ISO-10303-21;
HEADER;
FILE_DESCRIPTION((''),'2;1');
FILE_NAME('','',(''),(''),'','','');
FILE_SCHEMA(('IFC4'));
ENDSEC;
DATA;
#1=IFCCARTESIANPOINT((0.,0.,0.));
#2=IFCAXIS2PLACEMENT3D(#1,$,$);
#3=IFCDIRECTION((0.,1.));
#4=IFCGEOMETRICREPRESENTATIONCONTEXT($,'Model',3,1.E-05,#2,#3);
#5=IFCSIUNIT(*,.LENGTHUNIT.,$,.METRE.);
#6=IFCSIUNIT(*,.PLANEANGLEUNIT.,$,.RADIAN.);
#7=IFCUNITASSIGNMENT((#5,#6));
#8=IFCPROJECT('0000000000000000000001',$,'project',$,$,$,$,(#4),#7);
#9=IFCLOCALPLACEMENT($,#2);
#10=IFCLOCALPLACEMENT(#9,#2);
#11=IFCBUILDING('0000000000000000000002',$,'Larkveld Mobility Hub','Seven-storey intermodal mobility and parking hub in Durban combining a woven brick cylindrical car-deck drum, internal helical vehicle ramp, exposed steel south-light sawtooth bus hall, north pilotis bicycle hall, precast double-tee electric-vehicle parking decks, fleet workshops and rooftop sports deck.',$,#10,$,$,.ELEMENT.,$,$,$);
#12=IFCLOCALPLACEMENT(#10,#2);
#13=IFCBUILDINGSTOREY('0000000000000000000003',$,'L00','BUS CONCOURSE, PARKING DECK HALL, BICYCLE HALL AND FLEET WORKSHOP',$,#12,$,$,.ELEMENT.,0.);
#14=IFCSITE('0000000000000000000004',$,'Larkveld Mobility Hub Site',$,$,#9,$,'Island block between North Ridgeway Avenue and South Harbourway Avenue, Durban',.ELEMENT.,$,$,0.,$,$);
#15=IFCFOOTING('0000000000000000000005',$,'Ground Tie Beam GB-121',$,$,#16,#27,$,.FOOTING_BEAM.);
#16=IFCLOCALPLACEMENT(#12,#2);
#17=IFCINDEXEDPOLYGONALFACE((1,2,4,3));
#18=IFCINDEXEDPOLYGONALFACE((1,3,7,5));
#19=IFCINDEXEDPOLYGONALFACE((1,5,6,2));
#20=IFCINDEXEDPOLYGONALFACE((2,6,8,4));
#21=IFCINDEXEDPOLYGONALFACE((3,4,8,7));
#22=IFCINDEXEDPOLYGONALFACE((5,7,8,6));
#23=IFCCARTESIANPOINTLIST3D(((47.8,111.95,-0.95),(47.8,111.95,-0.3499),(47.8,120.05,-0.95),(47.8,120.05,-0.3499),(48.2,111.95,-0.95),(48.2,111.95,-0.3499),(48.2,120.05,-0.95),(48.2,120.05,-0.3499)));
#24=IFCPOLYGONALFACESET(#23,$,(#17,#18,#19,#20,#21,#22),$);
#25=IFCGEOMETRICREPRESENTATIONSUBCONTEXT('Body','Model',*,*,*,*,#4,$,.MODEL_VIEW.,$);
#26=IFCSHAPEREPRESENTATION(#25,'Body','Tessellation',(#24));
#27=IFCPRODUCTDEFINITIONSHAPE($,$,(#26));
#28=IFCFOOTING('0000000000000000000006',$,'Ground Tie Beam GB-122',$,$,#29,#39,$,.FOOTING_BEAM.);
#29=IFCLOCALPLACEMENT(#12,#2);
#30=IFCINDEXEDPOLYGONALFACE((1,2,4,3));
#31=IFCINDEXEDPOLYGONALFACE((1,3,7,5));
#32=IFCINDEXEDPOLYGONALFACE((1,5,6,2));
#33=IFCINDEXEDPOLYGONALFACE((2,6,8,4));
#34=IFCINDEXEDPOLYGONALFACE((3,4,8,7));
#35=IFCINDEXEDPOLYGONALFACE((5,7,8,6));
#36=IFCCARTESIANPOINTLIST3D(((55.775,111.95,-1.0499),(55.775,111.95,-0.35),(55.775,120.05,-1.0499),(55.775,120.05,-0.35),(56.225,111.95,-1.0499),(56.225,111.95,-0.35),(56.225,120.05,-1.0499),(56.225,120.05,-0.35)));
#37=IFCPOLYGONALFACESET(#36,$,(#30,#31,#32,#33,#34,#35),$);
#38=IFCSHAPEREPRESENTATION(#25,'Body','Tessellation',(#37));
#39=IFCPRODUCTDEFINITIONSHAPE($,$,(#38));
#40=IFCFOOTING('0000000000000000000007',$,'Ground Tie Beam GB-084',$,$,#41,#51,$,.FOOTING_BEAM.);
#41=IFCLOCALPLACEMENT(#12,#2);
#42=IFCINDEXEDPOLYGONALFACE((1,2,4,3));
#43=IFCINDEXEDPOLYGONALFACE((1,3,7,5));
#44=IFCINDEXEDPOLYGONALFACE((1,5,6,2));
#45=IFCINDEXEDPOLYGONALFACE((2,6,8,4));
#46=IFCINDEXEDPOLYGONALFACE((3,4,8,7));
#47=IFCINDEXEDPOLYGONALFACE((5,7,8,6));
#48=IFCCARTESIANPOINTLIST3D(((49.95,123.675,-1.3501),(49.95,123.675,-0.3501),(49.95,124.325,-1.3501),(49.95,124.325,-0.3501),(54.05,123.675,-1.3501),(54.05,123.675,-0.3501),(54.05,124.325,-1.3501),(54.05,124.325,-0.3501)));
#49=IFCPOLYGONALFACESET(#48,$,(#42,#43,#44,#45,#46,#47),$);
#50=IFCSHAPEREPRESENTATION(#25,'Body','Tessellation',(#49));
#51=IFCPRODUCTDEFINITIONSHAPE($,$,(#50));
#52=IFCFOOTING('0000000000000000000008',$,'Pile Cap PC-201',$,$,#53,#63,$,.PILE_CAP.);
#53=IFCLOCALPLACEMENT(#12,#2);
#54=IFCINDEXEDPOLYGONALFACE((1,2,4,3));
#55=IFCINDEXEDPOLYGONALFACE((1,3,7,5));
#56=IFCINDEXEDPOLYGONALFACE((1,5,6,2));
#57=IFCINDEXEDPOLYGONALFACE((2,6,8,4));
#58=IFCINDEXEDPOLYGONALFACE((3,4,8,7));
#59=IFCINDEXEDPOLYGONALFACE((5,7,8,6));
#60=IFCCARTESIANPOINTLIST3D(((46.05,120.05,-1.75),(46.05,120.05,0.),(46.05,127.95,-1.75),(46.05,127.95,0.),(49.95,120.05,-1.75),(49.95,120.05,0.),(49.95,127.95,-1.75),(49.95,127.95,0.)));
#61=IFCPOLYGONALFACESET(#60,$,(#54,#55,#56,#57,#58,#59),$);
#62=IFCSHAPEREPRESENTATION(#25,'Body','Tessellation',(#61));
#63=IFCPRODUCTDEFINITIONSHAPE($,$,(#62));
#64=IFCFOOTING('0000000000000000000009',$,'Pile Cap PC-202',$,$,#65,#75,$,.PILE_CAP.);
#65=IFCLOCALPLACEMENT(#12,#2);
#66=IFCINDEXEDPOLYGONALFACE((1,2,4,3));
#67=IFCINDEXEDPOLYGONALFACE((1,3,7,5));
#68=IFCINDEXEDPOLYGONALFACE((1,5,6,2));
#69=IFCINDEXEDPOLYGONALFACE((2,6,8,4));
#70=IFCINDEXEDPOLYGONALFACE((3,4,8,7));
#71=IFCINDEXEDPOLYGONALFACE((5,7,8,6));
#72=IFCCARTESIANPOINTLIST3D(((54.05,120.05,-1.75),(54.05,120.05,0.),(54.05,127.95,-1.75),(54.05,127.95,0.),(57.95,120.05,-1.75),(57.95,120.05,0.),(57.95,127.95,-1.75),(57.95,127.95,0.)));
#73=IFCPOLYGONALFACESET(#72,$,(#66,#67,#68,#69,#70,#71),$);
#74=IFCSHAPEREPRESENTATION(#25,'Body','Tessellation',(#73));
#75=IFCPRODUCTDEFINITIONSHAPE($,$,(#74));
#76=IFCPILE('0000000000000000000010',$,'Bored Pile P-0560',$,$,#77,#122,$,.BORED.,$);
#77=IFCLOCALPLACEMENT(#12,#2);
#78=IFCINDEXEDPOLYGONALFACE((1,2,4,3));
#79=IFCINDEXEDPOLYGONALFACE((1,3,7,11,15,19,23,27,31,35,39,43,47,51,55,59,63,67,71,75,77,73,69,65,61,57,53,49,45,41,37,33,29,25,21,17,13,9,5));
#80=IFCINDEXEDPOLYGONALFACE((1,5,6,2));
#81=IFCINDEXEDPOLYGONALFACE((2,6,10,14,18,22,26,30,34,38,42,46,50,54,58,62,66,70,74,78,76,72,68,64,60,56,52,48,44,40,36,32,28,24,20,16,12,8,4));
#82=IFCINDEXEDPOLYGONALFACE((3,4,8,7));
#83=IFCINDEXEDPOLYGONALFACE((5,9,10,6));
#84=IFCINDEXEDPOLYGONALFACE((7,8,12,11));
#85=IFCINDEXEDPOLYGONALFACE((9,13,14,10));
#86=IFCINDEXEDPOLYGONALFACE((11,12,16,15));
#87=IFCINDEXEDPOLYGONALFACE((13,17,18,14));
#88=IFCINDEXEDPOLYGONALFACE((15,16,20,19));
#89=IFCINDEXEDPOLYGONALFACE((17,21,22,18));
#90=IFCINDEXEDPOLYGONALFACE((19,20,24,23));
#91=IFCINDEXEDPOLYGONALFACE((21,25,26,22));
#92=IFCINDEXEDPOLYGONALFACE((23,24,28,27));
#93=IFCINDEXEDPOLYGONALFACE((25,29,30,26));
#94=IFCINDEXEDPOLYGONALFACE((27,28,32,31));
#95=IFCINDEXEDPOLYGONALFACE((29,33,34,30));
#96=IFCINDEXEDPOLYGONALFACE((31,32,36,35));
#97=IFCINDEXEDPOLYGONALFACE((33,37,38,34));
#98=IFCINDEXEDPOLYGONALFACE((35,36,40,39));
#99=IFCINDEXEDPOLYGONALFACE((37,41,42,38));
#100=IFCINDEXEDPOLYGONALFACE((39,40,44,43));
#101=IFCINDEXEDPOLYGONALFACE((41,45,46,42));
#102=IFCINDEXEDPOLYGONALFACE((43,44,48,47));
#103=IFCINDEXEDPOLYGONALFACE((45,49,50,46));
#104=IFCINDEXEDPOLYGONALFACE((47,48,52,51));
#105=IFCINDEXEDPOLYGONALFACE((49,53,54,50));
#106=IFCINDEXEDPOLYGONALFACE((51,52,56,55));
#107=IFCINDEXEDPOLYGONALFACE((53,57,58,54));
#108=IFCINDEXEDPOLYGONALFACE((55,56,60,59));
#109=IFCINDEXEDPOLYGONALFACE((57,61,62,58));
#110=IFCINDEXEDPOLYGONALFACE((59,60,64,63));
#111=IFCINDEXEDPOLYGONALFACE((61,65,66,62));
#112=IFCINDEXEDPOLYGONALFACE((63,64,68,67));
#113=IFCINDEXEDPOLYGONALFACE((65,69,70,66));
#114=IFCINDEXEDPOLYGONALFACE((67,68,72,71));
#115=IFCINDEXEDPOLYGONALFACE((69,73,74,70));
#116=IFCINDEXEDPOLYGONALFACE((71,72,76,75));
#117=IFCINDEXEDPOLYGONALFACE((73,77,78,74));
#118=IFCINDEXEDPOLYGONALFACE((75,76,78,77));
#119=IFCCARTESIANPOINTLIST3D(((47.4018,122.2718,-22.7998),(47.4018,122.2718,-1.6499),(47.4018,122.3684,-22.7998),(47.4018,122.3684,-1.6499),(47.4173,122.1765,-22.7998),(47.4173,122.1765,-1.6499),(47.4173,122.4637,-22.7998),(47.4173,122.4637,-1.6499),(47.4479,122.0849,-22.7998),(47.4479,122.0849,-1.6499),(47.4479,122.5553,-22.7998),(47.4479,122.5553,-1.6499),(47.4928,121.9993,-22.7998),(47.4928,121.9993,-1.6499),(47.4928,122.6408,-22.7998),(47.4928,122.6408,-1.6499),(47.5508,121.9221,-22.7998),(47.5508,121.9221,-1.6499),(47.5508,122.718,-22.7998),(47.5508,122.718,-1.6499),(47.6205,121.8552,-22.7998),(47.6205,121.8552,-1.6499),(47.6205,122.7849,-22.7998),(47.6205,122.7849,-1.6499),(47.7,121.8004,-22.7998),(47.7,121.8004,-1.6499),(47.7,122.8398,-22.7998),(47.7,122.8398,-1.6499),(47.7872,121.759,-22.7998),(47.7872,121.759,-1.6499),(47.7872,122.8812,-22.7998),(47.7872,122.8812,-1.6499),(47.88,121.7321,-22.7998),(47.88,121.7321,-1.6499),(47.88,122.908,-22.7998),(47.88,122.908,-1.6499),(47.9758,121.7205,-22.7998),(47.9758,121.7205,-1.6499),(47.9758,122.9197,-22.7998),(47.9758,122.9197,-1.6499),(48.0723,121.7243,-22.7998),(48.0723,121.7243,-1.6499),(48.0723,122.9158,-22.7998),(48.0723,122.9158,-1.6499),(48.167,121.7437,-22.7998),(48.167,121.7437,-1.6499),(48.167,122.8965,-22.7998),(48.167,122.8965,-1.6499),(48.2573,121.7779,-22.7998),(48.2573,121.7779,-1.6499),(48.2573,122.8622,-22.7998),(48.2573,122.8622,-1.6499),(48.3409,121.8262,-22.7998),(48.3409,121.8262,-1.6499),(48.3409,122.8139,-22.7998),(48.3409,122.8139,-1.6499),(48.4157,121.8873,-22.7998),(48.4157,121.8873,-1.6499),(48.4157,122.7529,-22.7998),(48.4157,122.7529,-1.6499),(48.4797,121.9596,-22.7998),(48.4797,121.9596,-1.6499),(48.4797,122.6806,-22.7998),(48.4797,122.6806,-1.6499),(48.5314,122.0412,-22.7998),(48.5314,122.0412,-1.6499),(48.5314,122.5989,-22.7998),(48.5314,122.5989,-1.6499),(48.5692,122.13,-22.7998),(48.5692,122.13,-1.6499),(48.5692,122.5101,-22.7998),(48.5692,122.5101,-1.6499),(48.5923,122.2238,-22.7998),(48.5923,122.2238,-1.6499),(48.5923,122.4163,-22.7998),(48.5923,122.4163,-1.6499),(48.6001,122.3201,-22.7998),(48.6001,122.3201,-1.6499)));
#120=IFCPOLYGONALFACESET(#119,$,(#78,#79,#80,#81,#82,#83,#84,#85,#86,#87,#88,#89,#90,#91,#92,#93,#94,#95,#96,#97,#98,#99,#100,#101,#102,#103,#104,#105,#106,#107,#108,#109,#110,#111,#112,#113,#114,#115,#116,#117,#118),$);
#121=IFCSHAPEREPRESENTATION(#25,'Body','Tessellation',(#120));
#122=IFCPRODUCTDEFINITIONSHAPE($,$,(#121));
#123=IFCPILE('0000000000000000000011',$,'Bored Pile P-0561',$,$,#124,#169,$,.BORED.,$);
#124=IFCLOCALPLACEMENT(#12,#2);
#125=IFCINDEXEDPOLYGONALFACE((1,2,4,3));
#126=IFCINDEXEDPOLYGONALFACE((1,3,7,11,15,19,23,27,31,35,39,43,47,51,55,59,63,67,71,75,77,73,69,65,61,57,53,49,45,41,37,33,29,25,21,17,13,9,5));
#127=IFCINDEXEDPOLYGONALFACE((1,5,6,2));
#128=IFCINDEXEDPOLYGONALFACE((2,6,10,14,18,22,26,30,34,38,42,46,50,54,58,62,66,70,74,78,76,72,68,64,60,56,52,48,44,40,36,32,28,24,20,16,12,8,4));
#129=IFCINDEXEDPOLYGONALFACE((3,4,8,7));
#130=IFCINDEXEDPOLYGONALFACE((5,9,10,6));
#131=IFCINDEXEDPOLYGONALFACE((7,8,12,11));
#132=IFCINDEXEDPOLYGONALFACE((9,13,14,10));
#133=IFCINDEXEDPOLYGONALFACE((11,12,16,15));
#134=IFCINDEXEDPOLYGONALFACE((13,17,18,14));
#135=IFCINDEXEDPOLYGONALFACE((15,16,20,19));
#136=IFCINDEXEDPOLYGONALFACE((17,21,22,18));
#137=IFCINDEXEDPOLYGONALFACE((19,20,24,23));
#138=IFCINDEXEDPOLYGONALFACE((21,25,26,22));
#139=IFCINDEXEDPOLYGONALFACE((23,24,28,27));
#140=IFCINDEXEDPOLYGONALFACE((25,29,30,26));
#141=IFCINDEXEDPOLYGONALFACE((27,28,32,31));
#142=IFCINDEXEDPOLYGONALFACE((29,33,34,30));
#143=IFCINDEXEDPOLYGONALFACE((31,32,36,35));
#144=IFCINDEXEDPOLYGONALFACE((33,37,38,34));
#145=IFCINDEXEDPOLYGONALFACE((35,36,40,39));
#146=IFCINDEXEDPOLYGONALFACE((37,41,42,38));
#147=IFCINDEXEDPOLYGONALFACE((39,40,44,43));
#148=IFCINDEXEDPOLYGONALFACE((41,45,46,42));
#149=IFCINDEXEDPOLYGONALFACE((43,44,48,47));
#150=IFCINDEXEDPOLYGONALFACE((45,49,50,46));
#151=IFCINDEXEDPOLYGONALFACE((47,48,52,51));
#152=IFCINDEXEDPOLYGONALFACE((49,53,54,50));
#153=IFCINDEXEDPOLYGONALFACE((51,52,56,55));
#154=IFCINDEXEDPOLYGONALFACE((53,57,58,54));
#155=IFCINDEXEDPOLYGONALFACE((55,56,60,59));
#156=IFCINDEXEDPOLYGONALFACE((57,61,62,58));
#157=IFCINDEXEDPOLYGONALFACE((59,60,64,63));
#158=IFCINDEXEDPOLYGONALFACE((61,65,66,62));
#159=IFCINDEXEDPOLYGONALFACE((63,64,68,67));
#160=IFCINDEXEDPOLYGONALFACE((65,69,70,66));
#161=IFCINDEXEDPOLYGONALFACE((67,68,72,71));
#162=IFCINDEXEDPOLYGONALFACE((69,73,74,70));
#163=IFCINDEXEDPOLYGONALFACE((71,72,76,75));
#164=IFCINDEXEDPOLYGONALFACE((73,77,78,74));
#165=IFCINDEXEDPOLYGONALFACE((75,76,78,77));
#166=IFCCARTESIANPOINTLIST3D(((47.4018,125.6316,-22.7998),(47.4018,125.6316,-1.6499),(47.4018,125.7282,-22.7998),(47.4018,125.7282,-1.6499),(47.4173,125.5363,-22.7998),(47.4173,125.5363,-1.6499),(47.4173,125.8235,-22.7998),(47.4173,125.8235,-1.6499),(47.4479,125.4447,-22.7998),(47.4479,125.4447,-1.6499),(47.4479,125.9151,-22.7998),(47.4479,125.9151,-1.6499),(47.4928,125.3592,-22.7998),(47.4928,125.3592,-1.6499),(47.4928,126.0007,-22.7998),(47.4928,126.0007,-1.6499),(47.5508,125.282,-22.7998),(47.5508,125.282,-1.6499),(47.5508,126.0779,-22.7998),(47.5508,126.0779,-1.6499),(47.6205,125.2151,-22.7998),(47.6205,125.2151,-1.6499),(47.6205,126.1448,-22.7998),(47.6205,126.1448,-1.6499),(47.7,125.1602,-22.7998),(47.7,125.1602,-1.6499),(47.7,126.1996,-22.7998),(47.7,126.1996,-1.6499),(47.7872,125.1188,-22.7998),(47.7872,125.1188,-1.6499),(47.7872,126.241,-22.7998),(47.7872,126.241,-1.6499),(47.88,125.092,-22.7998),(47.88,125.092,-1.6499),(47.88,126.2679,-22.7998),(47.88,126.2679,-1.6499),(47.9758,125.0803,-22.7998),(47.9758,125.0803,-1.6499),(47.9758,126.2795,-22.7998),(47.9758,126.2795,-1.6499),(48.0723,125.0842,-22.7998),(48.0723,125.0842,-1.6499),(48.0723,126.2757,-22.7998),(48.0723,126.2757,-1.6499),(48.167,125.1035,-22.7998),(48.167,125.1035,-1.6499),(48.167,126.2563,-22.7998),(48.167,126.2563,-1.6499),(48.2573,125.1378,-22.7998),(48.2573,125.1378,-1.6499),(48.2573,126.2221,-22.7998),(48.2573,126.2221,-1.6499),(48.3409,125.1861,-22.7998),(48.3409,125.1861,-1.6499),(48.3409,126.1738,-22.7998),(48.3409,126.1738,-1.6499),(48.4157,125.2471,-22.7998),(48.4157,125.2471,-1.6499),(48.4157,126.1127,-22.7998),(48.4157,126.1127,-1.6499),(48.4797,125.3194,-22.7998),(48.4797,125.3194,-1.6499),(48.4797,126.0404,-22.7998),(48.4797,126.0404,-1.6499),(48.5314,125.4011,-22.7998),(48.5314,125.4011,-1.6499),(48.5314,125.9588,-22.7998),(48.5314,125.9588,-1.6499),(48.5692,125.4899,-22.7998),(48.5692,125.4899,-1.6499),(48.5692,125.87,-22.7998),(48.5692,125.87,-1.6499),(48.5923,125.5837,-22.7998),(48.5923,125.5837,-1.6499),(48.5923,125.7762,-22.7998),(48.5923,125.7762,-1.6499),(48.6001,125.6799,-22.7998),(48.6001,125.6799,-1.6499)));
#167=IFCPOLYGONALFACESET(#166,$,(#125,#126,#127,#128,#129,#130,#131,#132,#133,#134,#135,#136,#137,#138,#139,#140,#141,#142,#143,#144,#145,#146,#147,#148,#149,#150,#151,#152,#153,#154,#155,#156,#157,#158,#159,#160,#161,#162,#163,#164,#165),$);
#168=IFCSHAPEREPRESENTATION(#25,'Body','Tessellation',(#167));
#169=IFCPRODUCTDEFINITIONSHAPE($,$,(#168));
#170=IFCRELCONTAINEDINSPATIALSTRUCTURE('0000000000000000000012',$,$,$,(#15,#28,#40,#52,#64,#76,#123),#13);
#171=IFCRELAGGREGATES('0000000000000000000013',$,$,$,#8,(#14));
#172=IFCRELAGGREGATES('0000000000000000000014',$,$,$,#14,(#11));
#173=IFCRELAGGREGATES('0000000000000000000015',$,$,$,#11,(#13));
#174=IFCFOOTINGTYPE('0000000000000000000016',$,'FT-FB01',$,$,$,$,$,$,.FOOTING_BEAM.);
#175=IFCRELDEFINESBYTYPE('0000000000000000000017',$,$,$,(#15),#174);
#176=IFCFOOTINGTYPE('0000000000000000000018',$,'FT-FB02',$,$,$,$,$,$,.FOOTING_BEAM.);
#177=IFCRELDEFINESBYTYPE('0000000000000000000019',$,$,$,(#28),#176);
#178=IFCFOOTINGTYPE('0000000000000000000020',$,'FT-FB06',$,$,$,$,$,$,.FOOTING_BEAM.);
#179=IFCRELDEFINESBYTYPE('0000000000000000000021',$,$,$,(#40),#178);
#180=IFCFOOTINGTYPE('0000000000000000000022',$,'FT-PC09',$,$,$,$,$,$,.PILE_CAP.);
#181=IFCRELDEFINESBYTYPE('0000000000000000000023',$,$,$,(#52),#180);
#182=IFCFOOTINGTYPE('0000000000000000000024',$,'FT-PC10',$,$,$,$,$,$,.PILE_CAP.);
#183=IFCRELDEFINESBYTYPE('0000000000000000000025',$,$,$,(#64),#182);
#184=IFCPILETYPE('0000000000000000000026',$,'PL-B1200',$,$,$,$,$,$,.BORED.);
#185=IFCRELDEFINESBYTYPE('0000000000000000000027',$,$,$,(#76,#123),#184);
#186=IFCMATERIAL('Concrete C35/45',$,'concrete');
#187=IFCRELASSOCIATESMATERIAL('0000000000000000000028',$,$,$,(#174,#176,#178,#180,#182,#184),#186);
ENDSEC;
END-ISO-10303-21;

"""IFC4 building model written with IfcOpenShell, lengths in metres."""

from ifc_helpers import new_model, si_unit, direction, frame, origin, origin_2d, place, context, subcontext, project, spatial, rectangle, circle, extrude, material, material_profile, profile_set, type_object, element, save


model = new_model("IFC4")

# Units and contexts
model_context = context("Model", 3, precision=1e-05, world=origin(), true_north=direction((0.0, 1.0)))
body_context = subcontext(model_context, "Body", "Model", "MODEL_VIEW")
ifc_project = project(units=[si_unit("LENGTHUNIT", "METRE"), si_unit("PLANEANGLEUNIT", "RADIAN")], contexts=[model_context])

# Site, building, storey
site_placement = place(None, origin())
site = spatial("IfcSite", under=ifc_project, at=site_placement, Name="Larkveld Mobility Hub Site", LongName="Island block between North Ridgeway Avenue and South Harbourway Avenue, Durban", CompositionType="ELEMENT", RefElevation=0.0)
building_placement = place(site_placement, origin())
building = spatial("IfcBuilding", under=site, at=building_placement, Name="Larkveld Mobility Hub", Description="Seven-storey intermodal mobility and parking hub in Durban combining a woven brick cylindrical car-deck drum, internal helical vehicle ramp, exposed steel south-light sawtooth bus hall, north pilotis bicycle hall, precast double-tee electric-vehicle parking decks, fleet workshops and rooftop sports deck.", CompositionType="ELEMENT")
storey_placement = place(building_placement, origin())
storey = spatial("IfcBuildingStorey", under=building, at=storey_placement, Name="L00", Description="BUS CONCOURSE, PARKING DECK HALL, BICYCLE HALL AND FLEET WORKSHOP", CompositionType="ELEMENT", Elevation=0.0)

# Footings
ifc_material_1 = material(Name="Concrete C35/45", Category="concrete")
ifc_material_profile_1 = material_profile(ifc_material_1, rectangle(XDim=0.3999, YDim=0.6001, at=origin_2d()), Name="RC BM 400x600")
ifc_profile_set_1 = profile_set([ifc_material_profile_1], Name="Concrete C35/45")
footing_type_1 = type_object("IfcFootingType", Name="FT-FB01", PredefinedType="FOOTING_BEAM", material=ifc_profile_set_1)
footing_1_placement = place(storey_placement, frame((48.0, 111.95, -0.6499), z_axis=(0.0, 1.0, 0.0), x_axis=(-1.0, 0.0, 0.0)))
element("IfcFooting", 1, at=footing_1_placement, inside=storey, type_object=footing_type_1, Name="Ground Tie Beam GB-121", PredefinedType="FOOTING_BEAM", context=body_context, shape_type="SweptSolid", body=[
    extrude(rectangle(XDim=0.3999, YDim=0.6001, at=origin_2d()), origin(), (0.0, 0.0, 1.0), 8.1001),
])
ifc_material_profile_2 = material_profile(ifc_material_1, rectangle(XDim=0.45, YDim=0.7, at=origin_2d()), Name="RC BM 450x700")
ifc_profile_set_2 = profile_set([ifc_material_profile_2], Name="Concrete C35/45")
footing_type_2 = type_object("IfcFootingType", Name="FT-FB02", PredefinedType="FOOTING_BEAM", material=ifc_profile_set_2)
footing_2_placement = place(storey_placement, frame((56.0, 111.95, -0.7), z_axis=(0.0, 1.0, 0.0), x_axis=(-1.0, 0.0, 0.0)))
element("IfcFooting", 2, at=footing_2_placement, inside=storey, type_object=footing_type_2, Name="Ground Tie Beam GB-122", PredefinedType="FOOTING_BEAM", context=body_context, shape_type="SweptSolid", body=[
    extrude(rectangle(XDim=0.45, YDim=0.7, at=origin_2d()), origin(), (0.0, 0.0, 1.0), 8.1001),
])
ifc_material_profile_3 = material_profile(ifc_material_1, rectangle(XDim=0.6499, YDim=1.0, at=origin_2d()), Name="RC BM 650x1000")
ifc_profile_set_3 = profile_set([ifc_material_profile_3], Name="Concrete C35/45")
footing_type_3 = type_object("IfcFootingType", Name="FT-FB06", PredefinedType="FOOTING_BEAM", material=ifc_profile_set_3)
footing_3_placement = place(storey_placement, frame((49.95, 124.0, -0.8501), z_axis=(1.0, 0.0, 0.0), x_axis=(0.0, 1.0, 0.0)))
element("IfcFooting", 3, at=footing_3_placement, inside=storey, type_object=footing_type_3, Name="Ground Tie Beam GB-084", PredefinedType="FOOTING_BEAM", context=body_context, shape_type="SweptSolid", body=[
    extrude(rectangle(XDim=0.6499, YDim=1.0, at=origin_2d()), origin(), (0.0, 0.0, 1.0), 4.1001),
])
footing_type_4 = type_object("IfcFootingType", Name="FT-PC09", PredefinedType="PILE_CAP", material=ifc_material_1)
footing_4_placement = place(storey_placement, frame((48.0, 124.0, -1.75), z_axis=(0.0, 0.0, 1.0), x_axis=(1.0, 0.0, 0.0)))
element("IfcFooting", 4, at=footing_4_placement, inside=storey, type_object=footing_type_4, Name="Pile Cap PC-201", PredefinedType="PILE_CAP", context=body_context, shape_type="SweptSolid", body=[
    extrude(rectangle(XDim=3.8999, YDim=7.8999, at=origin_2d()), origin(), (0.0, 0.0, 1.0), 1.75),
])
footing_type_5 = type_object("IfcFootingType", Name="FT-PC10", PredefinedType="PILE_CAP", material=ifc_material_1)
footing_5_placement = place(storey_placement, frame((56.0, 124.0, -1.75), z_axis=(0.0, 0.0, 1.0), x_axis=(1.0, 0.0, 0.0)))
element("IfcFooting", 5, at=footing_5_placement, inside=storey, type_object=footing_type_5, Name="Pile Cap PC-202", PredefinedType="PILE_CAP", context=body_context, shape_type="SweptSolid", body=[
    extrude(rectangle(XDim=3.8999, YDim=7.8999, at=origin_2d()), origin(), (0.0, 0.0, 1.0), 1.75),
])

# Piles
ifc_material_profile_4 = material_profile(ifc_material_1, circle(Radius=0.6001, at=origin_2d()), Name="PILE D1200")
ifc_profile_set_4 = profile_set([ifc_material_profile_4], Name="Concrete C35/45")
pile_type = type_object("IfcPileType", Name="PL-B1200", PredefinedType="BORED", material=ifc_profile_set_4)
for number, where, z_axis, x_axis, name in (
    (6, (48.0, 122.3201, -1.6499), (0.0, 0.0, -1.0), (1.0, 0.0, 0.0), "Bored Pile P-0560"),
    (7, (48.0, 125.6799, -1.6499), (0.0, 0.0, -1.0), (1.0, 0.0, 0.0), "Bored Pile P-0561"),
):
    element("IfcPile", number, at=place(storey_placement, frame(where, z_axis=z_axis, x_axis=x_axis)), inside=storey, type_object=pile_type, Name=name, PredefinedType="BORED", context=body_context, shape_type="SweptSolid", body=[
        extrude(circle(Radius=0.6001, at=origin_2d()), origin(), (0.0, 0.0, 1.0), 21.1499),
    ])

save(model, "model.ifc")
